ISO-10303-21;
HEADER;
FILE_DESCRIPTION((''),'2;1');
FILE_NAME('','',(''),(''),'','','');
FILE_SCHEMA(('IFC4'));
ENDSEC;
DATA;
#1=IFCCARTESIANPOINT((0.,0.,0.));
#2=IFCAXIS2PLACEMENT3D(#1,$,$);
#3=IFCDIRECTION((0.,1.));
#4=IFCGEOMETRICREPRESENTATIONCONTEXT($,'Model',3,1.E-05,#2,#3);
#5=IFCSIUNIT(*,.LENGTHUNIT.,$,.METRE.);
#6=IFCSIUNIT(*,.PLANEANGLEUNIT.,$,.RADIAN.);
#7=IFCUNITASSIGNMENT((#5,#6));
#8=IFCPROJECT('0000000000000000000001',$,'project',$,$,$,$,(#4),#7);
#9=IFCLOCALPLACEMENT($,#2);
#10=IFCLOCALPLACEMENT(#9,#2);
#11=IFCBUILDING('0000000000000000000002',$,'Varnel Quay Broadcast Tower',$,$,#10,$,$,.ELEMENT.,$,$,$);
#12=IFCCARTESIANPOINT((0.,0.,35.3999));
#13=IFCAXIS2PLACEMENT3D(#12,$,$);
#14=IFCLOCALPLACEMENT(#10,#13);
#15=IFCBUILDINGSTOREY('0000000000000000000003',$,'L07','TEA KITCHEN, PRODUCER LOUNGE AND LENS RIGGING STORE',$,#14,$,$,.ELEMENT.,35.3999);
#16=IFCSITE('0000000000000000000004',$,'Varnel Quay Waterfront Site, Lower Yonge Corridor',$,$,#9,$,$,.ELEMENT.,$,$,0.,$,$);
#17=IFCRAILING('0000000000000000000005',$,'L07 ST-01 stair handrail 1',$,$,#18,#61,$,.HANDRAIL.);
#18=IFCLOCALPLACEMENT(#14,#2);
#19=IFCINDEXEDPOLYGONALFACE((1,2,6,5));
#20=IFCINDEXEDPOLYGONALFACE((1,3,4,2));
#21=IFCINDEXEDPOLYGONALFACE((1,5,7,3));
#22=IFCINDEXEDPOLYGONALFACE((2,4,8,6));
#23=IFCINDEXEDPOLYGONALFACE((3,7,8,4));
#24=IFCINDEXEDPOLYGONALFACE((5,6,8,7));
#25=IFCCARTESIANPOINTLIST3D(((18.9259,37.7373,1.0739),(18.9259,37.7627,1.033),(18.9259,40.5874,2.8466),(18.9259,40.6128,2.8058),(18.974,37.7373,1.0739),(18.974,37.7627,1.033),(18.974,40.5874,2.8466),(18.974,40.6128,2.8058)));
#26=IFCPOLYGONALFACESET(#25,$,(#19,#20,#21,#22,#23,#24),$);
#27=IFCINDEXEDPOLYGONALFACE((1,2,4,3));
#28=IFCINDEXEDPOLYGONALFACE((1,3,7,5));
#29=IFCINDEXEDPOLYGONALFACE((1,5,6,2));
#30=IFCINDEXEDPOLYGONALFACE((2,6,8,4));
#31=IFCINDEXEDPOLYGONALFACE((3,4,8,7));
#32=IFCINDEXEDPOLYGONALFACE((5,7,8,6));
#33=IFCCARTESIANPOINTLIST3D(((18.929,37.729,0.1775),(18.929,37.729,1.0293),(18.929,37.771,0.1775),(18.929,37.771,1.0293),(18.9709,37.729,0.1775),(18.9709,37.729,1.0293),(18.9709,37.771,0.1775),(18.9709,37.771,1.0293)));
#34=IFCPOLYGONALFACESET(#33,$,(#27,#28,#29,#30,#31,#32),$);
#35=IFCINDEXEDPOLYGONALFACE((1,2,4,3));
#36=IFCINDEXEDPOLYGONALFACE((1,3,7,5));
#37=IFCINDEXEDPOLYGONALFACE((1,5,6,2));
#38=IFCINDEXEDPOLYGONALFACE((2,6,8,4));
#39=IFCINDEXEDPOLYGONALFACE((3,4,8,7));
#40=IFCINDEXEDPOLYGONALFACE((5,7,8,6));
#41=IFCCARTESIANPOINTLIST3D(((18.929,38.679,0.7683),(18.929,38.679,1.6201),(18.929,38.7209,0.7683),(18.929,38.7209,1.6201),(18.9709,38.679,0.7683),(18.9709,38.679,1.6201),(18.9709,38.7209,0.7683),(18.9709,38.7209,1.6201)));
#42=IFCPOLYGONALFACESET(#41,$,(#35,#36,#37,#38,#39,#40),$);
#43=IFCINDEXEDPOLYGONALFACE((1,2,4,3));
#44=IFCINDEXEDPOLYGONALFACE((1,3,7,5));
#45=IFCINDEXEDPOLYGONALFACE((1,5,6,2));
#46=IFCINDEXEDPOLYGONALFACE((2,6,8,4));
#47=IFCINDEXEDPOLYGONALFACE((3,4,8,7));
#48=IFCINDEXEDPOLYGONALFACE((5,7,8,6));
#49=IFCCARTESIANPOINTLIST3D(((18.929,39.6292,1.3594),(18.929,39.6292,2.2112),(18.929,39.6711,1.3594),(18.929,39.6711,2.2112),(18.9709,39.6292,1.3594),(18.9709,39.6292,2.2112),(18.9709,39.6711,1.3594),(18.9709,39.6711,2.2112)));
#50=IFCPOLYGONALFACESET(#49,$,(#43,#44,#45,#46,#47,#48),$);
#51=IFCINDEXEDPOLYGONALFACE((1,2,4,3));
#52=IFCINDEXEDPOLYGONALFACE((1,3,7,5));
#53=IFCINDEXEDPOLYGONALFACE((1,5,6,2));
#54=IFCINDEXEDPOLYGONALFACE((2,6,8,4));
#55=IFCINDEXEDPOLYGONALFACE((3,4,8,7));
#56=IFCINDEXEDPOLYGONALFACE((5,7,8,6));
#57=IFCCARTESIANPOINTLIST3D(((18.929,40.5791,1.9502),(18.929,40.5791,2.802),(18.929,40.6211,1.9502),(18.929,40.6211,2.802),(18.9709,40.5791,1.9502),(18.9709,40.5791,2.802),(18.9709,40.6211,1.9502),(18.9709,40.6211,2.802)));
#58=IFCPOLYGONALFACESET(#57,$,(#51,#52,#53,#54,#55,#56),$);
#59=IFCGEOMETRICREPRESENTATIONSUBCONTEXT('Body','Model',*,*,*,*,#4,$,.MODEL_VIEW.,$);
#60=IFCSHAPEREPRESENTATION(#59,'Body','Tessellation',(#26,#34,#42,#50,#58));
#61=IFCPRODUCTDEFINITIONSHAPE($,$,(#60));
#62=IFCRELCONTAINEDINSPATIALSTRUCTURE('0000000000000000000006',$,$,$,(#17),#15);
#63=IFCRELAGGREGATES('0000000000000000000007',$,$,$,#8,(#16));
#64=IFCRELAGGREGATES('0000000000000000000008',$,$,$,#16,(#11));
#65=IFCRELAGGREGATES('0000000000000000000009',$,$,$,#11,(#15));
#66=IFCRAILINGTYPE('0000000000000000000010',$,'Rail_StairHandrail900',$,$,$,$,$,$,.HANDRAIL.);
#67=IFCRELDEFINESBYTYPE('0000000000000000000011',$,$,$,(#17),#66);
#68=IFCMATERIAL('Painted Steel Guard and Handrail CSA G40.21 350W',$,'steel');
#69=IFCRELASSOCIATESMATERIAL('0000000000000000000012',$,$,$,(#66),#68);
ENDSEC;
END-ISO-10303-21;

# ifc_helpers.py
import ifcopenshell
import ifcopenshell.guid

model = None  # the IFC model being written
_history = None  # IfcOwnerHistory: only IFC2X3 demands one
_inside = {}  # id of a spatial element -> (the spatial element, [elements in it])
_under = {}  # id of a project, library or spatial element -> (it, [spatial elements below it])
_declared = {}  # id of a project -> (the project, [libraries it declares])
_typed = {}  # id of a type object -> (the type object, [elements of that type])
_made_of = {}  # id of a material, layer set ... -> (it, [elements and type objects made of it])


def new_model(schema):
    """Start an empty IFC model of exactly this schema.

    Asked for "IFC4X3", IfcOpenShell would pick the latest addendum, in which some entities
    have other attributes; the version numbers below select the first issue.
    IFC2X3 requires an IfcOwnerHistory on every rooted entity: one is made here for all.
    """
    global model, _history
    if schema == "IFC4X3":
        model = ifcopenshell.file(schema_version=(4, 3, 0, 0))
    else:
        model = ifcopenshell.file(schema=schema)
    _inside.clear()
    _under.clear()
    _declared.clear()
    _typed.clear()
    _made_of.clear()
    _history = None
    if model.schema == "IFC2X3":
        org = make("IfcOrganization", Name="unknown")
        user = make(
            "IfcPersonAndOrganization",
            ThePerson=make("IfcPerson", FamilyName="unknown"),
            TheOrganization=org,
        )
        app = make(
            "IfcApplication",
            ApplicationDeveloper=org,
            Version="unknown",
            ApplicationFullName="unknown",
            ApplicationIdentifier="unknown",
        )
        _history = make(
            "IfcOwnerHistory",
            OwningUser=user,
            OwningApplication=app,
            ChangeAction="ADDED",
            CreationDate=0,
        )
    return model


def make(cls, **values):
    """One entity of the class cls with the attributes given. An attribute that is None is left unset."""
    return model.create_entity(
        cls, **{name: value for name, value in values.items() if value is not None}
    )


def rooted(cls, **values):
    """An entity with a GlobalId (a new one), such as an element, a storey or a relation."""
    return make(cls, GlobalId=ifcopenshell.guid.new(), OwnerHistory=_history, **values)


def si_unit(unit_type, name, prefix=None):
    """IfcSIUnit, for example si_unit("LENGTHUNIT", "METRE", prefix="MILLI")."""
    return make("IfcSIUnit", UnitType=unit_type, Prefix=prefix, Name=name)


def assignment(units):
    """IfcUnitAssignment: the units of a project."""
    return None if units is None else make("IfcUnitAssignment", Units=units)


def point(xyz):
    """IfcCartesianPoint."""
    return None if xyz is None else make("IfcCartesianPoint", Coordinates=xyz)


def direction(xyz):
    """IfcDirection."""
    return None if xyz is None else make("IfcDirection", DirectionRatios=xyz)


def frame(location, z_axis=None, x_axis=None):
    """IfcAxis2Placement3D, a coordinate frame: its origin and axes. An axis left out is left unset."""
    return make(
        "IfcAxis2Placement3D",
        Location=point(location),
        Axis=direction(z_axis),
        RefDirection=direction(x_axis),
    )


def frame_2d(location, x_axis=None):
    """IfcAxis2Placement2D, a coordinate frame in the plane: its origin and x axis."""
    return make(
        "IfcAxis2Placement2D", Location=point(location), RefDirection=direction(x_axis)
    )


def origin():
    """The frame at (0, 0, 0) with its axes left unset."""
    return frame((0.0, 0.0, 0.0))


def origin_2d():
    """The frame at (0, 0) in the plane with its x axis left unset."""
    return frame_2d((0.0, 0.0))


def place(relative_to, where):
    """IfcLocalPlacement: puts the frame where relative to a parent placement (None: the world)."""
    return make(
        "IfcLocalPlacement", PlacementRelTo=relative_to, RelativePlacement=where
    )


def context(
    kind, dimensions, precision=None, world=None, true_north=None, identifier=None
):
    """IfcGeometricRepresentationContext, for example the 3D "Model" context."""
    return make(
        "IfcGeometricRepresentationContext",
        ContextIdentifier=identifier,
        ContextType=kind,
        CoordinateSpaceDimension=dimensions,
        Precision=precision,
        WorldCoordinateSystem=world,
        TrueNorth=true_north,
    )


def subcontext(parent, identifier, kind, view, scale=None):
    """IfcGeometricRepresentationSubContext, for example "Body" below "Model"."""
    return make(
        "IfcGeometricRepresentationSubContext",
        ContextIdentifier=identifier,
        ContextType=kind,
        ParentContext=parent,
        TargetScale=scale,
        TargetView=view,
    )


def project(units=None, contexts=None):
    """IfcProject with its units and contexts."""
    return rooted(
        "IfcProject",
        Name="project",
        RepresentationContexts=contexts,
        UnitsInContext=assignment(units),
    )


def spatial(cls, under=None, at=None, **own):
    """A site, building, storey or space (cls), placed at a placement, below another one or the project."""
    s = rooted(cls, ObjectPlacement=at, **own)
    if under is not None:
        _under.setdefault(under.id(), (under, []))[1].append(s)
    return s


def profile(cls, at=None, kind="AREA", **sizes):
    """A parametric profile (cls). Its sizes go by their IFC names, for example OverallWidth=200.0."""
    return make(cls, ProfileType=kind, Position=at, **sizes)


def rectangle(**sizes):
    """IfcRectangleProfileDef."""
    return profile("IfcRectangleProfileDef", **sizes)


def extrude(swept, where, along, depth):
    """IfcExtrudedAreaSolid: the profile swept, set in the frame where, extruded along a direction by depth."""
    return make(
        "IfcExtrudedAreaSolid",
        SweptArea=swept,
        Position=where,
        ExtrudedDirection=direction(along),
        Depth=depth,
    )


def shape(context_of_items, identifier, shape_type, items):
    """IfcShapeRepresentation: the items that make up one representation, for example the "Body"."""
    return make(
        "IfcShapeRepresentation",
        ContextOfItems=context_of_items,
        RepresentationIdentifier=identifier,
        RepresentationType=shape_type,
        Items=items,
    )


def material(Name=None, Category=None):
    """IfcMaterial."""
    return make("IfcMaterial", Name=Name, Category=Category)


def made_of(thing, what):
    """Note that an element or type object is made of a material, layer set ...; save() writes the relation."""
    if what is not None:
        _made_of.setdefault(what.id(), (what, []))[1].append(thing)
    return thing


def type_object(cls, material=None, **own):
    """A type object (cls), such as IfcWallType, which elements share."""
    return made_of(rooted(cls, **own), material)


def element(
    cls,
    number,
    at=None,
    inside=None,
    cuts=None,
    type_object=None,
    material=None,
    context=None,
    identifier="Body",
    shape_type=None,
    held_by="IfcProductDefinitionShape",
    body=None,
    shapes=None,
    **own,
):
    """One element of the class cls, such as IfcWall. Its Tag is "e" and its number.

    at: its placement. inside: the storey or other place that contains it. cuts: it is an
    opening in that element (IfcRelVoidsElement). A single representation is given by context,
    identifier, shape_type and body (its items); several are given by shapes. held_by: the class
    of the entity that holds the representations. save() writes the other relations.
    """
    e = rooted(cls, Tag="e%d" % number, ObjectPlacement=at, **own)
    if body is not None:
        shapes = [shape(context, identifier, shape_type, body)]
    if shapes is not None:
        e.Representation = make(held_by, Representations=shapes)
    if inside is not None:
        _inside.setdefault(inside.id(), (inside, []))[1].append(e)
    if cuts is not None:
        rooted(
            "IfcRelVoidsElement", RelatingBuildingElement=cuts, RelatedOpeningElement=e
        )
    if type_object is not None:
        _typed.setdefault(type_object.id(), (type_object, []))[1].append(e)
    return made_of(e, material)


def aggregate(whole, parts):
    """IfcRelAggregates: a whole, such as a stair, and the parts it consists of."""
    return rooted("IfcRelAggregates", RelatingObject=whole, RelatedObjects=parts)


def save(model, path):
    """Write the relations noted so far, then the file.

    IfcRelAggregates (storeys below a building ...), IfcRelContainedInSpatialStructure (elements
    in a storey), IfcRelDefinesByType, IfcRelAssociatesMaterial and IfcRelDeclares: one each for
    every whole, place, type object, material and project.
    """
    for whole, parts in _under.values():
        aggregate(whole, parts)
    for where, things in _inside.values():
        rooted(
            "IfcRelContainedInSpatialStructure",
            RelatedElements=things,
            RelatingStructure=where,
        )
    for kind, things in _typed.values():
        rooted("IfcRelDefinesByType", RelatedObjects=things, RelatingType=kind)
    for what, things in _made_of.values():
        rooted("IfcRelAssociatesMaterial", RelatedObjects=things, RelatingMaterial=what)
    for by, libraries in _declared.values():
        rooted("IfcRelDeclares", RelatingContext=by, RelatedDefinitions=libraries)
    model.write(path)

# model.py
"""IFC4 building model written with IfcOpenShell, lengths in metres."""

from ifc_helpers import new_model, si_unit, direction, frame, origin, origin_2d, place, context, subcontext, project, spatial, rectangle, extrude, material, type_object, element, save


model = new_model("IFC4")

# Units and contexts
model_context = context("Model", 3, precision=1e-05, world=origin(), true_north=direction((0.0, 1.0)))
body_context = subcontext(model_context, "Body", "Model", "MODEL_VIEW")
ifc_project = project(units=[si_unit("LENGTHUNIT", "METRE"), si_unit("PLANEANGLEUNIT", "RADIAN")], contexts=[model_context])

# Site, building, storey
site_placement = place(None, origin())
site = spatial("IfcSite", under=ifc_project, at=site_placement, Name="Varnel Quay Waterfront Site, Lower Yonge Corridor", CompositionType="ELEMENT", RefElevation=0.0)
building_placement = place(site_placement, origin())
building = spatial("IfcBuilding", under=site, at=building_placement, Name="Varnel Quay Broadcast Tower", CompositionType="ELEMENT")
storey_placement = place(building_placement, frame((0.0, 0.0, 35.3999)))
storey = spatial("IfcBuildingStorey", under=building, at=storey_placement, Name="L07", Description="TEA KITCHEN, PRODUCER LOUNGE AND LENS RIGGING STORE", CompositionType="ELEMENT", Elevation=35.3999)

# Railing
ifc_material_1 = material(Name="Painted Steel Guard and Handrail CSA G40.21 350W", Category="steel")
railing_type_1 = type_object("IfcRailingType", Name="Rail_StairHandrail900", PredefinedType="HANDRAIL", material=ifc_material_1)
railing_1_placement = place(storey_placement, frame((18.95, 37.75, 0.1775)))
element("IfcRailing", 1, at=railing_1_placement, inside=storey, type_object=railing_type_1, Name="L07 ST-01 stair handrail 1", PredefinedType="HANDRAIL", context=body_context, shape_type="SweptSolid", body=[
    extrude(rectangle(XDim=0.0481, YDim=0.0481, at=origin_2d()), frame((0.0, 0.0, 0.876), z_axis=(0.0, 0.849149, 0.528154), x_axis=(-1.0, 0.0, 0.0)), (0.0, 0.0, 1.0), 3.3564),
    extrude(rectangle(XDim=0.042, YDim=0.042, at=origin_2d()), origin(), (0.0, 0.0, 1.0), 0.8518),
    extrude(rectangle(XDim=0.042, YDim=0.042, at=origin_2d()), frame((0.0, 0.95, 0.5908)), (0.0, 0.0, 1.0), 0.8518),
    extrude(rectangle(XDim=0.042, YDim=0.042, at=origin_2d()), frame((0.0, 1.9001, 1.1819)), (0.0, 0.0, 1.0), 0.8518),
    extrude(rectangle(XDim=0.042, YDim=0.042, at=origin_2d()), frame((0.0, 2.8501, 1.7727)), (0.0, 0.0, 1.0), 0.8518),
])

save(model, "model.ifc")
